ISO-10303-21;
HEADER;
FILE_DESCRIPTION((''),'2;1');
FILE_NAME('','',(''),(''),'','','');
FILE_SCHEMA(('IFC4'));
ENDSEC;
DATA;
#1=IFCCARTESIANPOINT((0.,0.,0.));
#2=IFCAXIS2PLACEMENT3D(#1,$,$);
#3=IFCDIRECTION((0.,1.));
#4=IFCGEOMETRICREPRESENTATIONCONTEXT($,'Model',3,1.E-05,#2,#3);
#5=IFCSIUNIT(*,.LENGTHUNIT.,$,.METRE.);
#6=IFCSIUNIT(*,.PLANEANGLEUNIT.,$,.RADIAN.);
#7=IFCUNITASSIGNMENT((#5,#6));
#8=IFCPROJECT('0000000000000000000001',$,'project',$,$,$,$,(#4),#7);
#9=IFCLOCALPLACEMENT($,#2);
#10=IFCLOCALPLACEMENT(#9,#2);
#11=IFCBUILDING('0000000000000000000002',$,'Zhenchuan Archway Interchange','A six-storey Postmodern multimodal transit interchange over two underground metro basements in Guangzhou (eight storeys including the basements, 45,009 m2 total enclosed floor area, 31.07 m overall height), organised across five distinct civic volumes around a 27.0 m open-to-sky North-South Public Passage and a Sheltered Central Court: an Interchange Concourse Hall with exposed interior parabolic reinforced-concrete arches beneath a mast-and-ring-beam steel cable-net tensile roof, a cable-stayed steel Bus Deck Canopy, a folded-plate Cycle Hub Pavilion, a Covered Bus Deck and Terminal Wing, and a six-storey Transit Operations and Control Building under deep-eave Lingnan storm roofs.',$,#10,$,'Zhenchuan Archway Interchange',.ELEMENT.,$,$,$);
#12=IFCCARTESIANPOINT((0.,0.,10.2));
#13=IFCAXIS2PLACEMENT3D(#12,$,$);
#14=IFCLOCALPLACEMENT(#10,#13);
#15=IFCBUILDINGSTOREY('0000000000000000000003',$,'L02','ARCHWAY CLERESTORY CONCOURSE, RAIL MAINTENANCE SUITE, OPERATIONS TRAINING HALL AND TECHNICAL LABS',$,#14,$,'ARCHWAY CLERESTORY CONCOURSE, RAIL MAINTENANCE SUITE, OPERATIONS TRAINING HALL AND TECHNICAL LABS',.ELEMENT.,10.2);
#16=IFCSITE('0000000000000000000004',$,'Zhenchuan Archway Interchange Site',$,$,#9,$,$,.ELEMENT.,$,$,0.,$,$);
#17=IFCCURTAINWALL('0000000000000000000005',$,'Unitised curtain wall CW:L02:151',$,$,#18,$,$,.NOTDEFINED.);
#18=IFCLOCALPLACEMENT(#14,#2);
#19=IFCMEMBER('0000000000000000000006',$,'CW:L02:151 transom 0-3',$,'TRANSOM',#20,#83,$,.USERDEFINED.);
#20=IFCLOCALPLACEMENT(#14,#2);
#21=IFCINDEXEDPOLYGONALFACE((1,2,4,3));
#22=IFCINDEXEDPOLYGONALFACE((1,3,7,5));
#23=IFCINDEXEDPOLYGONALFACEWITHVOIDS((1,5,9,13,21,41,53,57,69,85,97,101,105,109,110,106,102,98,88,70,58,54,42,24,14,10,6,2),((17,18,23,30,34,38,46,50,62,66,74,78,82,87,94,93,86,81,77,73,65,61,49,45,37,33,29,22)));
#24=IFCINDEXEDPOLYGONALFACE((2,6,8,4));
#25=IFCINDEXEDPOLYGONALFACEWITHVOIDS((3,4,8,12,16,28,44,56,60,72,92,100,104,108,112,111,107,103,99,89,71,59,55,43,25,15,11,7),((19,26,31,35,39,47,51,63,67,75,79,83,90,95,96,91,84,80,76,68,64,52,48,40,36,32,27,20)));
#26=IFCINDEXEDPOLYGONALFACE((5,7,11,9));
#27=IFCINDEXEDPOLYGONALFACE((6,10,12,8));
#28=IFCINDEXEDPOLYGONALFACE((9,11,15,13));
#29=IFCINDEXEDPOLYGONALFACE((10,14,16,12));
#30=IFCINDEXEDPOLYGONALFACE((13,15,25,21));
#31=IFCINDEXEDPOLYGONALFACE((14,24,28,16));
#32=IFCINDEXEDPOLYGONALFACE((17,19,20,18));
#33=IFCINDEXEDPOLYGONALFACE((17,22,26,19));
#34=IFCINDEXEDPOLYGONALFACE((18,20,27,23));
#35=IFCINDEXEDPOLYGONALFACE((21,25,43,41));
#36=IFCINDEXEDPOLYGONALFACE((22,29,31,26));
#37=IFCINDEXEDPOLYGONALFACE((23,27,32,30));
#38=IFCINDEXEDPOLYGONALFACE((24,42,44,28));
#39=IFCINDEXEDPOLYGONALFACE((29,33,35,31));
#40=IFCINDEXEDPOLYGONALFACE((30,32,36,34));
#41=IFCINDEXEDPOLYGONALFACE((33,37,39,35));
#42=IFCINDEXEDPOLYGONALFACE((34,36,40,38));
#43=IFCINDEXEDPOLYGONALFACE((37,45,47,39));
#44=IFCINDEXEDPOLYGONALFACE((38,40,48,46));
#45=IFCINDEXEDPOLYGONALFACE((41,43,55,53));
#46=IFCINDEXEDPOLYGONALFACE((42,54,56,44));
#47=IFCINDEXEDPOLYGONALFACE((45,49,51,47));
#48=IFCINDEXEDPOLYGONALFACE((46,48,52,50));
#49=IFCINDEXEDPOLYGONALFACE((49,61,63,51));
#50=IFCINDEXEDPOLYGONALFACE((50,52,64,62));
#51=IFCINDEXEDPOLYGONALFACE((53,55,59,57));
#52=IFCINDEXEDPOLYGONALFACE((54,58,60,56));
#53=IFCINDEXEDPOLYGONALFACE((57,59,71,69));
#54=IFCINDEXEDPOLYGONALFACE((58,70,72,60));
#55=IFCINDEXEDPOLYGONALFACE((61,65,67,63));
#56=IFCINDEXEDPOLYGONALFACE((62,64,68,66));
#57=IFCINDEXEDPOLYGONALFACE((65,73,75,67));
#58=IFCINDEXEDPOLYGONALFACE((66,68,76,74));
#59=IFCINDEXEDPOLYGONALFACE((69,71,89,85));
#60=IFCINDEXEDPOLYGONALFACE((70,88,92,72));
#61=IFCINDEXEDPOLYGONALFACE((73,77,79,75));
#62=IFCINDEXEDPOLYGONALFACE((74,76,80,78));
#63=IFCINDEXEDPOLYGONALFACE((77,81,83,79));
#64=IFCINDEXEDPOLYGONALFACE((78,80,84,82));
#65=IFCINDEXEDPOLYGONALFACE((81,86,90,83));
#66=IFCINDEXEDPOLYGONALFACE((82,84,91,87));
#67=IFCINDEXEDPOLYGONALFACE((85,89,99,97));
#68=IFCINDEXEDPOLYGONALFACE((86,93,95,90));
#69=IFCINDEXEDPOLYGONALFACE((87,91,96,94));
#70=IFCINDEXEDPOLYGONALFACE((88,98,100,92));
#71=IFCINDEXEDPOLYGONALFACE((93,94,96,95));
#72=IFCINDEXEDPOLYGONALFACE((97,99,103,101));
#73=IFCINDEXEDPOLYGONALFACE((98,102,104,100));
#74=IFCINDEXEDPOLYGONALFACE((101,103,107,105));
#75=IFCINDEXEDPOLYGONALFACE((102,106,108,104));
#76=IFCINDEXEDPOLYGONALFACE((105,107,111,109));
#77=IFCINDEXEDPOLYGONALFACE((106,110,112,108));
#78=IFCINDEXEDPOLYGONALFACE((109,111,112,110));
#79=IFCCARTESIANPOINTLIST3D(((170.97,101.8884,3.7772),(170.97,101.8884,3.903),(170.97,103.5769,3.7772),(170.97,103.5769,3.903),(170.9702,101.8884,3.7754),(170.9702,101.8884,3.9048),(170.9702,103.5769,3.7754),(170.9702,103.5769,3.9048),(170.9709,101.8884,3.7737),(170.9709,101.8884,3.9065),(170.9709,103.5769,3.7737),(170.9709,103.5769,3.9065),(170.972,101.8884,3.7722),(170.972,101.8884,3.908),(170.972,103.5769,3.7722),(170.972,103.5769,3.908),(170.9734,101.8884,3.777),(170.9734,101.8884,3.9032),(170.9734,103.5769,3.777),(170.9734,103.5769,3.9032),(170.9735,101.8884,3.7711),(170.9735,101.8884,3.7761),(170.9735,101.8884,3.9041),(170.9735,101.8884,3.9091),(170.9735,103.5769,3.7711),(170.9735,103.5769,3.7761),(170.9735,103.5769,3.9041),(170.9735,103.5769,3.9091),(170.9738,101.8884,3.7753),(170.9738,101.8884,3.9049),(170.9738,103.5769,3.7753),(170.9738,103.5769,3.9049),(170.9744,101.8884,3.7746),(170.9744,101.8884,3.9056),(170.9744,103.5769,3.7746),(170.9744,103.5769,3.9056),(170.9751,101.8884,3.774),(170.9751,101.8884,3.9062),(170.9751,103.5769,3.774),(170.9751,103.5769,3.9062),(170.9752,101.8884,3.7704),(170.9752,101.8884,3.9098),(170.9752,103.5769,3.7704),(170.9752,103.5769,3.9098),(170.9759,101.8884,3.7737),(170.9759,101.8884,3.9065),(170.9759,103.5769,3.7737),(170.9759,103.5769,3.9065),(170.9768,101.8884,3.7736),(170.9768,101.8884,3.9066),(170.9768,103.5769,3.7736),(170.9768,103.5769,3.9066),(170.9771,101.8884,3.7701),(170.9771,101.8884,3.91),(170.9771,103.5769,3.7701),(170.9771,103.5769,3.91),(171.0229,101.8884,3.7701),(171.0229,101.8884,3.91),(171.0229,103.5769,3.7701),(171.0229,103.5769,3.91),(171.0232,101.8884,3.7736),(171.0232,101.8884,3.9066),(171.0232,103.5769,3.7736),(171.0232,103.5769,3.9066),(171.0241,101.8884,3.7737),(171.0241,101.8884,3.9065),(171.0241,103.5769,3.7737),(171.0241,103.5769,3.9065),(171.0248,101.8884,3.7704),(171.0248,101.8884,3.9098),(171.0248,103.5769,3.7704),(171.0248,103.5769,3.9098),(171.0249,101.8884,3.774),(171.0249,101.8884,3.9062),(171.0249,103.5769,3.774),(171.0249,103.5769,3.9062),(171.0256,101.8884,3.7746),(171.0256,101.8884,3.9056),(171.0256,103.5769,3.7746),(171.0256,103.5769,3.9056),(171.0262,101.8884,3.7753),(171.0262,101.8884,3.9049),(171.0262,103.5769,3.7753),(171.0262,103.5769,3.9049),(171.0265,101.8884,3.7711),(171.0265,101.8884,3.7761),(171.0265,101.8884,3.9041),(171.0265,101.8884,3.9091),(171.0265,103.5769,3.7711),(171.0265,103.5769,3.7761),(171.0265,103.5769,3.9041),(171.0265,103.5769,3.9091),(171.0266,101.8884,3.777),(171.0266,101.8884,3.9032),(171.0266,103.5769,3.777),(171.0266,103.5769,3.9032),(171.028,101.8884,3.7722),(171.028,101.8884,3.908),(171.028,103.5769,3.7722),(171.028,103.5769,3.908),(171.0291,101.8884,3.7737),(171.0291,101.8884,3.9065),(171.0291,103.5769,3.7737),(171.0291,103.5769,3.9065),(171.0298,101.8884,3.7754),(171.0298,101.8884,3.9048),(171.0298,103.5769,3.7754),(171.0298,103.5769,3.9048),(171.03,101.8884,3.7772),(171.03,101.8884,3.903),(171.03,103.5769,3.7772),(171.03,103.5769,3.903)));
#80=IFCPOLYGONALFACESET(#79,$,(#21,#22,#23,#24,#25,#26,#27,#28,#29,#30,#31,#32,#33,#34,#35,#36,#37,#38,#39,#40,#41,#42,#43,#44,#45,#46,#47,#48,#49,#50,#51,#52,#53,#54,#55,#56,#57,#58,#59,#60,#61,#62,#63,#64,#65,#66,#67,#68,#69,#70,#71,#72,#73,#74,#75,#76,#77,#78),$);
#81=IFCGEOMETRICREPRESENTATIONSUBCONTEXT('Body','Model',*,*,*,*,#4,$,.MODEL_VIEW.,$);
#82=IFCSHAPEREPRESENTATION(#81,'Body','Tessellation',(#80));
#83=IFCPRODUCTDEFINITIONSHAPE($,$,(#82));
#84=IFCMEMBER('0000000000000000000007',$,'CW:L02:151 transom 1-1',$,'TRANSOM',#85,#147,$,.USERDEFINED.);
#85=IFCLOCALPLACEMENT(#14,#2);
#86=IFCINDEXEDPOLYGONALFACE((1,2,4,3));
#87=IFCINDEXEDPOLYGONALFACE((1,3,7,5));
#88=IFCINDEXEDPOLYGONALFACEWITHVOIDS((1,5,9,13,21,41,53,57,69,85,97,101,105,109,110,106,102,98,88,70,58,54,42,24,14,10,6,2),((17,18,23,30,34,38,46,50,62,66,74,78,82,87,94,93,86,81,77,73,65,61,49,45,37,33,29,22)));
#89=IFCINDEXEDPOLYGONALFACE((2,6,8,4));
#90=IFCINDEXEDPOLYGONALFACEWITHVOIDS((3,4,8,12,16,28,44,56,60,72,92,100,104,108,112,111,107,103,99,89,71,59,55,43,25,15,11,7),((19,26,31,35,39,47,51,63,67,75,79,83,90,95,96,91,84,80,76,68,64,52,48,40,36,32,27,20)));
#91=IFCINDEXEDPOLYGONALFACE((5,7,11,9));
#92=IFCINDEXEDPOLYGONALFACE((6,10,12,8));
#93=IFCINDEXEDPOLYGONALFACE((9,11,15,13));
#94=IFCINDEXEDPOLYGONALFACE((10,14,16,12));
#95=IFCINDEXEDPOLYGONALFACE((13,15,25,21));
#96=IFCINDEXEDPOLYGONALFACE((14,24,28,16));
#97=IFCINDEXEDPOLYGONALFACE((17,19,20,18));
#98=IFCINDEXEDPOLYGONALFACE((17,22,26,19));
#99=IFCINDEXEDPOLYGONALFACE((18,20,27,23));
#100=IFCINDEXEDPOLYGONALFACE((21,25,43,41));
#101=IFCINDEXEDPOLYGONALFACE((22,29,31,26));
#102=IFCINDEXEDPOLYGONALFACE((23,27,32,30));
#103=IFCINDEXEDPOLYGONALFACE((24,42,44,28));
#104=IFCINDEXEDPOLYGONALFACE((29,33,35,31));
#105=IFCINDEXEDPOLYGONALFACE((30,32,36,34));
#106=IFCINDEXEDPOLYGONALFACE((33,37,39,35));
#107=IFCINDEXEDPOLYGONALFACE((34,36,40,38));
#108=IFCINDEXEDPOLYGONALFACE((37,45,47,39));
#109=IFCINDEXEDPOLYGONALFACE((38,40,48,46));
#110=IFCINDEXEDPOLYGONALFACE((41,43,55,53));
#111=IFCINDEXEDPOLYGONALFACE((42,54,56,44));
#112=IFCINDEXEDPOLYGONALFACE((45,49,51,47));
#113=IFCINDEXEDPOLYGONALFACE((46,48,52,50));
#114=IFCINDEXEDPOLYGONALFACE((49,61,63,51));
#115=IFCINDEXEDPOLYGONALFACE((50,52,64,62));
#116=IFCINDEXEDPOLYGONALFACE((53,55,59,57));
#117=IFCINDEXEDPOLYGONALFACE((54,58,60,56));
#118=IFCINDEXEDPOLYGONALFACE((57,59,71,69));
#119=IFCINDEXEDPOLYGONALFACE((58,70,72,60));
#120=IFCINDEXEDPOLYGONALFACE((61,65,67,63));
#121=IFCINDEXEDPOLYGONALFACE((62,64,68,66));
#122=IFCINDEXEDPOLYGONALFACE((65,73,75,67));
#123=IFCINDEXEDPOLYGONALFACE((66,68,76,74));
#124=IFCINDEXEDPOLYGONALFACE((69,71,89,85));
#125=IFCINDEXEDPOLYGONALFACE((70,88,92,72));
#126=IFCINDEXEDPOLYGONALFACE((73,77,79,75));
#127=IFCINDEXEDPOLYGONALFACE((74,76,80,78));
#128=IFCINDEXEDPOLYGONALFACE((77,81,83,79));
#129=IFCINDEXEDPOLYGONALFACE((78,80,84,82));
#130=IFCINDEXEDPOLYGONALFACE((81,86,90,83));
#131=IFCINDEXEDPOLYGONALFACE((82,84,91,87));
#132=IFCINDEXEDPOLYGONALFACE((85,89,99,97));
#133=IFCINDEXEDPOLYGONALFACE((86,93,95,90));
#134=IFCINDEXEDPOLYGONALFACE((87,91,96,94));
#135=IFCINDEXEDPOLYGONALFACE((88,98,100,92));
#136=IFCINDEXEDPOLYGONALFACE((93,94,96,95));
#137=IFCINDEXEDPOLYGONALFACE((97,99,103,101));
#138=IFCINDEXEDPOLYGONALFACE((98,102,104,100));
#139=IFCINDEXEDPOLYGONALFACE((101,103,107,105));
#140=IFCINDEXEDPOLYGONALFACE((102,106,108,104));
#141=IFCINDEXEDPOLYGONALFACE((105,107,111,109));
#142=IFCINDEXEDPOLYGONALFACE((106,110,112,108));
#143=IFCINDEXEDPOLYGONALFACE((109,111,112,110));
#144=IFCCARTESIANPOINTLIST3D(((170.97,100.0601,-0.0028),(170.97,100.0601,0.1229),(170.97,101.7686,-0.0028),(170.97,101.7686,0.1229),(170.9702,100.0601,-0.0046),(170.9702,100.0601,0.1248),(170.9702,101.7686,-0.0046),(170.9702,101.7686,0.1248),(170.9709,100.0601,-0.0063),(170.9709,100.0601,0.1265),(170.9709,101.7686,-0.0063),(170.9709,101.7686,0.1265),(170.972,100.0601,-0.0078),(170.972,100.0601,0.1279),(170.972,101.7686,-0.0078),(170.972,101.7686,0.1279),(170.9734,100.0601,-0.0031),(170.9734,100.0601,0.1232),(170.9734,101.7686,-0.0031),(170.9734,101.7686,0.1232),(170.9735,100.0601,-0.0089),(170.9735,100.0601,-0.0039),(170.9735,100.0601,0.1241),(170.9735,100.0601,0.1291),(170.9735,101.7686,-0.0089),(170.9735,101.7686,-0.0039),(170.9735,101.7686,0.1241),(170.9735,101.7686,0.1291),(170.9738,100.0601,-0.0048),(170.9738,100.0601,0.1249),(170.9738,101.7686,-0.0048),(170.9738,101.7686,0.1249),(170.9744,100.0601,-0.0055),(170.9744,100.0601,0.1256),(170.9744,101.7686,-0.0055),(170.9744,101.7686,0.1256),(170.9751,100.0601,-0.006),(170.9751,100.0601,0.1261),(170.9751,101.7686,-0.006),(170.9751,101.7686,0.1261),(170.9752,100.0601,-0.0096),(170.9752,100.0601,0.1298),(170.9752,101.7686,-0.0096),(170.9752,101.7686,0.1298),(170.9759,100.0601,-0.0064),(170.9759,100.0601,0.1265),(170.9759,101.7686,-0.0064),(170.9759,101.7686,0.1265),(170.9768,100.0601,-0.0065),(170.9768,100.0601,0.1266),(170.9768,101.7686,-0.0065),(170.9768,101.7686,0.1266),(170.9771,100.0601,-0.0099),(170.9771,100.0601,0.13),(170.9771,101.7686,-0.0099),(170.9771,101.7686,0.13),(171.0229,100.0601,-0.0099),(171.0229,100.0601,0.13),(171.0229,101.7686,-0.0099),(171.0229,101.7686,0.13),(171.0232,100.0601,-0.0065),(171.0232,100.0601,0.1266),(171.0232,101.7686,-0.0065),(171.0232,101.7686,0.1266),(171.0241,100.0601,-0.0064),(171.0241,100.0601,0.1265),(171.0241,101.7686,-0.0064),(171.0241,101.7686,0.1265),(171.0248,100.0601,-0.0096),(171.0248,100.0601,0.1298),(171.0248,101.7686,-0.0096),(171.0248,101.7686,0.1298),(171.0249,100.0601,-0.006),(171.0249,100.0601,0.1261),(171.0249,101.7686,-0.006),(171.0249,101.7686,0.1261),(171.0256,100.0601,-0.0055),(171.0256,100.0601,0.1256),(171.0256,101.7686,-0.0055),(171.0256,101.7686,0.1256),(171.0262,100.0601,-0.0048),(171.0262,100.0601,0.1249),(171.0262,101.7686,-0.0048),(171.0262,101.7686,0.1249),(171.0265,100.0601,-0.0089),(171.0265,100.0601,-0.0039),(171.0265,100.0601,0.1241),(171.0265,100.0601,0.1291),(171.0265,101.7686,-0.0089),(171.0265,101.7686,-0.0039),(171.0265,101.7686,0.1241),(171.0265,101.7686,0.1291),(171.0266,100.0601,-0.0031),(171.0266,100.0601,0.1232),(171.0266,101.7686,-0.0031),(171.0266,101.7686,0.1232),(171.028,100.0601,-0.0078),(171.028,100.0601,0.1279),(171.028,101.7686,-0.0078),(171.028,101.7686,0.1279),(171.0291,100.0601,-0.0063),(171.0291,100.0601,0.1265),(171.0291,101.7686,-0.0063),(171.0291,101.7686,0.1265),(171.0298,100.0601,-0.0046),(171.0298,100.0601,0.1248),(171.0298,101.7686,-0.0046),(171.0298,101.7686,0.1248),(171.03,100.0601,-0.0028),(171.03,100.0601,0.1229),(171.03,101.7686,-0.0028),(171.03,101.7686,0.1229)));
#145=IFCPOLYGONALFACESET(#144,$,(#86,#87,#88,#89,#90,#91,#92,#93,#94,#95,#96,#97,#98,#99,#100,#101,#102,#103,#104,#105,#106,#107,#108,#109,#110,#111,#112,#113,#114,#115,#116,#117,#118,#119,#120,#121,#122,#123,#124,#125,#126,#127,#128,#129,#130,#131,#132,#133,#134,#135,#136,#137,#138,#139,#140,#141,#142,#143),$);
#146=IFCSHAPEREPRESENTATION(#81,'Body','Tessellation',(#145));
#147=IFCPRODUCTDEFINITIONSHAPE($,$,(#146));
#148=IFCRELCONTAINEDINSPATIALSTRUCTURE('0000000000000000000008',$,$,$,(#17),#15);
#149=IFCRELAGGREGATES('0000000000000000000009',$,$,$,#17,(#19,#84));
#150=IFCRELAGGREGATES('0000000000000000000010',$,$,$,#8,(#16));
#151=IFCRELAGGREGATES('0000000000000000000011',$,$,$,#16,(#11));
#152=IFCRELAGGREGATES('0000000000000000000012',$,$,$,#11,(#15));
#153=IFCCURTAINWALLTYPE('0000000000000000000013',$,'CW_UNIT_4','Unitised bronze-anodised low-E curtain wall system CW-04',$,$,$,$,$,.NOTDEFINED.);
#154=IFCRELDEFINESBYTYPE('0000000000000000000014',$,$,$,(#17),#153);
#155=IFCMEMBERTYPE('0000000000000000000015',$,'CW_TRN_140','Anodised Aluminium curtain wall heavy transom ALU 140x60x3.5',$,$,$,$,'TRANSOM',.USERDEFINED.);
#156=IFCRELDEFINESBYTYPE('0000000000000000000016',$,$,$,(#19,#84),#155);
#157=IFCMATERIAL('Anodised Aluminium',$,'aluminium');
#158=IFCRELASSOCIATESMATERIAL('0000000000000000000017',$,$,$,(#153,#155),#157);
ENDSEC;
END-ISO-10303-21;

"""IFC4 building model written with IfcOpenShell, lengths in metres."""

from ifc_helpers import new_model, si_unit, direction, frame, origin, origin_2d, place, context, subcontext, project, spatial, hollow_rectangle, extrude, material, material_profile, profile_set, type_object, element, aggregate, save


model = new_model("IFC4")

# Units and contexts
model_context = context("Model", 3, precision=1e-05, world=origin(), true_north=direction((0.0, 1.0)))
body_context = subcontext(model_context, "Body", "Model", "MODEL_VIEW")
ifc_project = project(units=[si_unit("LENGTHUNIT", "METRE"), si_unit("PLANEANGLEUNIT", "RADIAN")], contexts=[model_context])

# Site, building, storey
site_placement = place(None, origin())
site = spatial("IfcSite", under=ifc_project, at=site_placement, Name="Zhenchuan Archway Interchange Site", CompositionType="ELEMENT", RefElevation=0.0)
building_placement = place(site_placement, origin())
building = spatial("IfcBuilding", under=site, at=building_placement, Name="Zhenchuan Archway Interchange", Description="A six-storey Postmodern multimodal transit interchange over two underground metro basements in Guangzhou (eight storeys including the basements, 45,009 m2 total enclosed floor area, 31.07 m overall height), organised across five distinct civic volumes around a 27.0 m open-to-sky North-South Public Passage and a Sheltered Central Court: an Interchange Concourse Hall with exposed interior parabolic reinforced-concrete arches beneath a mast-and-ring-beam steel cable-net tensile roof, a cable-stayed steel Bus Deck Canopy, a folded-plate Cycle Hub Pavilion, a Covered Bus Deck and Terminal Wing, and a six-storey Transit Operations and Control Building under deep-eave Lingnan storm roofs.", LongName="Zhenchuan Archway Interchange", CompositionType="ELEMENT")
storey_placement = place(building_placement, frame((0.0, 0.0, 10.2)))
storey = spatial("IfcBuildingStorey", under=building, at=storey_placement, Name="L02", Description="ARCHWAY CLERESTORY CONCOURSE, RAIL MAINTENANCE SUITE, OPERATIONS TRAINING HALL AND TECHNICAL LABS", LongName="ARCHWAY CLERESTORY CONCOURSE, RAIL MAINTENANCE SUITE, OPERATIONS TRAINING HALL AND TECHNICAL LABS", CompositionType="ELEMENT", Elevation=10.2)

# Curtain wall, members
ifc_material_1 = material(Name="Anodised Aluminium", Category="aluminium")
curtain_wall_type = type_object("IfcCurtainWallType", Name="CW_UNIT_4", Description="Unitised bronze-anodised low-E curtain wall system CW-04", PredefinedType="NOTDEFINED", material=ifc_material_1)
curtain_wall_placement = place(storey_placement, origin())
curtain_wall = element("IfcCurtainWall", 1, at=curtain_wall_placement, inside=storey, type_object=curtain_wall_type, Name="Unitised curtain wall CW:L02:151", PredefinedType="NOTDEFINED")
ifc_material_profile_1 = material_profile(ifc_material_1, hollow_rectangle(XDim=0.0601, YDim=0.1399, WallThickness=0.0034, InnerFilletRadius=0.0034, OuterFilletRadius=0.0071, at=origin_2d()), Name="ALU 140x60x3.5")
ifc_profile_set_1 = profile_set([ifc_material_profile_1], Name="Anodised Aluminium")
member_type_1 = type_object("IfcMemberType", Name="CW_TRN_140", Description="Anodised Aluminium curtain wall heavy transom ALU 140x60x3.5", ElementType="TRANSOM", PredefinedType="USERDEFINED", material=ifc_profile_set_1)
member_1_placement = place(storey_placement, frame((171.0, 103.5769, 3.8401), z_axis=(0.0, -1.0, 0.0), x_axis=(1.0, 0.0, 0.0)))
member_1 = element("IfcMember", 2, at=member_1_placement, type_object=member_type_1, Name="CW:L02:151 transom 0-3", ObjectType="TRANSOM", PredefinedType="USERDEFINED", context=body_context, shape_type="SweptSolid", body=[
    extrude(hollow_rectangle(XDim=0.0601, YDim=0.1399, WallThickness=0.0034, InnerFilletRadius=0.0034, OuterFilletRadius=0.0071, at=origin_2d()), origin(), (0.0, 0.0, 1.0), 1.6885),
])
member_2_placement = place(storey_placement, frame((171.0, 101.7686, 0.0601), z_axis=(0.0, -1.0, 0.0), x_axis=(1.0, 0.0, 0.0)))
member_2 = element("IfcMember", 3, at=member_2_placement, type_object=member_type_1, Name="CW:L02:151 transom 1-1", ObjectType="TRANSOM", PredefinedType="USERDEFINED", context=body_context, shape_type="SweptSolid", body=[
    extrude(hollow_rectangle(XDim=0.0601, YDim=0.1399, WallThickness=0.0034, InnerFilletRadius=0.0034, OuterFilletRadius=0.0071, at=origin_2d()), origin(), (0.0, 0.0, 1.0), 1.7085),
])
aggregate(curtain_wall, [member_1, member_2])

save(model, "model.ifc")
